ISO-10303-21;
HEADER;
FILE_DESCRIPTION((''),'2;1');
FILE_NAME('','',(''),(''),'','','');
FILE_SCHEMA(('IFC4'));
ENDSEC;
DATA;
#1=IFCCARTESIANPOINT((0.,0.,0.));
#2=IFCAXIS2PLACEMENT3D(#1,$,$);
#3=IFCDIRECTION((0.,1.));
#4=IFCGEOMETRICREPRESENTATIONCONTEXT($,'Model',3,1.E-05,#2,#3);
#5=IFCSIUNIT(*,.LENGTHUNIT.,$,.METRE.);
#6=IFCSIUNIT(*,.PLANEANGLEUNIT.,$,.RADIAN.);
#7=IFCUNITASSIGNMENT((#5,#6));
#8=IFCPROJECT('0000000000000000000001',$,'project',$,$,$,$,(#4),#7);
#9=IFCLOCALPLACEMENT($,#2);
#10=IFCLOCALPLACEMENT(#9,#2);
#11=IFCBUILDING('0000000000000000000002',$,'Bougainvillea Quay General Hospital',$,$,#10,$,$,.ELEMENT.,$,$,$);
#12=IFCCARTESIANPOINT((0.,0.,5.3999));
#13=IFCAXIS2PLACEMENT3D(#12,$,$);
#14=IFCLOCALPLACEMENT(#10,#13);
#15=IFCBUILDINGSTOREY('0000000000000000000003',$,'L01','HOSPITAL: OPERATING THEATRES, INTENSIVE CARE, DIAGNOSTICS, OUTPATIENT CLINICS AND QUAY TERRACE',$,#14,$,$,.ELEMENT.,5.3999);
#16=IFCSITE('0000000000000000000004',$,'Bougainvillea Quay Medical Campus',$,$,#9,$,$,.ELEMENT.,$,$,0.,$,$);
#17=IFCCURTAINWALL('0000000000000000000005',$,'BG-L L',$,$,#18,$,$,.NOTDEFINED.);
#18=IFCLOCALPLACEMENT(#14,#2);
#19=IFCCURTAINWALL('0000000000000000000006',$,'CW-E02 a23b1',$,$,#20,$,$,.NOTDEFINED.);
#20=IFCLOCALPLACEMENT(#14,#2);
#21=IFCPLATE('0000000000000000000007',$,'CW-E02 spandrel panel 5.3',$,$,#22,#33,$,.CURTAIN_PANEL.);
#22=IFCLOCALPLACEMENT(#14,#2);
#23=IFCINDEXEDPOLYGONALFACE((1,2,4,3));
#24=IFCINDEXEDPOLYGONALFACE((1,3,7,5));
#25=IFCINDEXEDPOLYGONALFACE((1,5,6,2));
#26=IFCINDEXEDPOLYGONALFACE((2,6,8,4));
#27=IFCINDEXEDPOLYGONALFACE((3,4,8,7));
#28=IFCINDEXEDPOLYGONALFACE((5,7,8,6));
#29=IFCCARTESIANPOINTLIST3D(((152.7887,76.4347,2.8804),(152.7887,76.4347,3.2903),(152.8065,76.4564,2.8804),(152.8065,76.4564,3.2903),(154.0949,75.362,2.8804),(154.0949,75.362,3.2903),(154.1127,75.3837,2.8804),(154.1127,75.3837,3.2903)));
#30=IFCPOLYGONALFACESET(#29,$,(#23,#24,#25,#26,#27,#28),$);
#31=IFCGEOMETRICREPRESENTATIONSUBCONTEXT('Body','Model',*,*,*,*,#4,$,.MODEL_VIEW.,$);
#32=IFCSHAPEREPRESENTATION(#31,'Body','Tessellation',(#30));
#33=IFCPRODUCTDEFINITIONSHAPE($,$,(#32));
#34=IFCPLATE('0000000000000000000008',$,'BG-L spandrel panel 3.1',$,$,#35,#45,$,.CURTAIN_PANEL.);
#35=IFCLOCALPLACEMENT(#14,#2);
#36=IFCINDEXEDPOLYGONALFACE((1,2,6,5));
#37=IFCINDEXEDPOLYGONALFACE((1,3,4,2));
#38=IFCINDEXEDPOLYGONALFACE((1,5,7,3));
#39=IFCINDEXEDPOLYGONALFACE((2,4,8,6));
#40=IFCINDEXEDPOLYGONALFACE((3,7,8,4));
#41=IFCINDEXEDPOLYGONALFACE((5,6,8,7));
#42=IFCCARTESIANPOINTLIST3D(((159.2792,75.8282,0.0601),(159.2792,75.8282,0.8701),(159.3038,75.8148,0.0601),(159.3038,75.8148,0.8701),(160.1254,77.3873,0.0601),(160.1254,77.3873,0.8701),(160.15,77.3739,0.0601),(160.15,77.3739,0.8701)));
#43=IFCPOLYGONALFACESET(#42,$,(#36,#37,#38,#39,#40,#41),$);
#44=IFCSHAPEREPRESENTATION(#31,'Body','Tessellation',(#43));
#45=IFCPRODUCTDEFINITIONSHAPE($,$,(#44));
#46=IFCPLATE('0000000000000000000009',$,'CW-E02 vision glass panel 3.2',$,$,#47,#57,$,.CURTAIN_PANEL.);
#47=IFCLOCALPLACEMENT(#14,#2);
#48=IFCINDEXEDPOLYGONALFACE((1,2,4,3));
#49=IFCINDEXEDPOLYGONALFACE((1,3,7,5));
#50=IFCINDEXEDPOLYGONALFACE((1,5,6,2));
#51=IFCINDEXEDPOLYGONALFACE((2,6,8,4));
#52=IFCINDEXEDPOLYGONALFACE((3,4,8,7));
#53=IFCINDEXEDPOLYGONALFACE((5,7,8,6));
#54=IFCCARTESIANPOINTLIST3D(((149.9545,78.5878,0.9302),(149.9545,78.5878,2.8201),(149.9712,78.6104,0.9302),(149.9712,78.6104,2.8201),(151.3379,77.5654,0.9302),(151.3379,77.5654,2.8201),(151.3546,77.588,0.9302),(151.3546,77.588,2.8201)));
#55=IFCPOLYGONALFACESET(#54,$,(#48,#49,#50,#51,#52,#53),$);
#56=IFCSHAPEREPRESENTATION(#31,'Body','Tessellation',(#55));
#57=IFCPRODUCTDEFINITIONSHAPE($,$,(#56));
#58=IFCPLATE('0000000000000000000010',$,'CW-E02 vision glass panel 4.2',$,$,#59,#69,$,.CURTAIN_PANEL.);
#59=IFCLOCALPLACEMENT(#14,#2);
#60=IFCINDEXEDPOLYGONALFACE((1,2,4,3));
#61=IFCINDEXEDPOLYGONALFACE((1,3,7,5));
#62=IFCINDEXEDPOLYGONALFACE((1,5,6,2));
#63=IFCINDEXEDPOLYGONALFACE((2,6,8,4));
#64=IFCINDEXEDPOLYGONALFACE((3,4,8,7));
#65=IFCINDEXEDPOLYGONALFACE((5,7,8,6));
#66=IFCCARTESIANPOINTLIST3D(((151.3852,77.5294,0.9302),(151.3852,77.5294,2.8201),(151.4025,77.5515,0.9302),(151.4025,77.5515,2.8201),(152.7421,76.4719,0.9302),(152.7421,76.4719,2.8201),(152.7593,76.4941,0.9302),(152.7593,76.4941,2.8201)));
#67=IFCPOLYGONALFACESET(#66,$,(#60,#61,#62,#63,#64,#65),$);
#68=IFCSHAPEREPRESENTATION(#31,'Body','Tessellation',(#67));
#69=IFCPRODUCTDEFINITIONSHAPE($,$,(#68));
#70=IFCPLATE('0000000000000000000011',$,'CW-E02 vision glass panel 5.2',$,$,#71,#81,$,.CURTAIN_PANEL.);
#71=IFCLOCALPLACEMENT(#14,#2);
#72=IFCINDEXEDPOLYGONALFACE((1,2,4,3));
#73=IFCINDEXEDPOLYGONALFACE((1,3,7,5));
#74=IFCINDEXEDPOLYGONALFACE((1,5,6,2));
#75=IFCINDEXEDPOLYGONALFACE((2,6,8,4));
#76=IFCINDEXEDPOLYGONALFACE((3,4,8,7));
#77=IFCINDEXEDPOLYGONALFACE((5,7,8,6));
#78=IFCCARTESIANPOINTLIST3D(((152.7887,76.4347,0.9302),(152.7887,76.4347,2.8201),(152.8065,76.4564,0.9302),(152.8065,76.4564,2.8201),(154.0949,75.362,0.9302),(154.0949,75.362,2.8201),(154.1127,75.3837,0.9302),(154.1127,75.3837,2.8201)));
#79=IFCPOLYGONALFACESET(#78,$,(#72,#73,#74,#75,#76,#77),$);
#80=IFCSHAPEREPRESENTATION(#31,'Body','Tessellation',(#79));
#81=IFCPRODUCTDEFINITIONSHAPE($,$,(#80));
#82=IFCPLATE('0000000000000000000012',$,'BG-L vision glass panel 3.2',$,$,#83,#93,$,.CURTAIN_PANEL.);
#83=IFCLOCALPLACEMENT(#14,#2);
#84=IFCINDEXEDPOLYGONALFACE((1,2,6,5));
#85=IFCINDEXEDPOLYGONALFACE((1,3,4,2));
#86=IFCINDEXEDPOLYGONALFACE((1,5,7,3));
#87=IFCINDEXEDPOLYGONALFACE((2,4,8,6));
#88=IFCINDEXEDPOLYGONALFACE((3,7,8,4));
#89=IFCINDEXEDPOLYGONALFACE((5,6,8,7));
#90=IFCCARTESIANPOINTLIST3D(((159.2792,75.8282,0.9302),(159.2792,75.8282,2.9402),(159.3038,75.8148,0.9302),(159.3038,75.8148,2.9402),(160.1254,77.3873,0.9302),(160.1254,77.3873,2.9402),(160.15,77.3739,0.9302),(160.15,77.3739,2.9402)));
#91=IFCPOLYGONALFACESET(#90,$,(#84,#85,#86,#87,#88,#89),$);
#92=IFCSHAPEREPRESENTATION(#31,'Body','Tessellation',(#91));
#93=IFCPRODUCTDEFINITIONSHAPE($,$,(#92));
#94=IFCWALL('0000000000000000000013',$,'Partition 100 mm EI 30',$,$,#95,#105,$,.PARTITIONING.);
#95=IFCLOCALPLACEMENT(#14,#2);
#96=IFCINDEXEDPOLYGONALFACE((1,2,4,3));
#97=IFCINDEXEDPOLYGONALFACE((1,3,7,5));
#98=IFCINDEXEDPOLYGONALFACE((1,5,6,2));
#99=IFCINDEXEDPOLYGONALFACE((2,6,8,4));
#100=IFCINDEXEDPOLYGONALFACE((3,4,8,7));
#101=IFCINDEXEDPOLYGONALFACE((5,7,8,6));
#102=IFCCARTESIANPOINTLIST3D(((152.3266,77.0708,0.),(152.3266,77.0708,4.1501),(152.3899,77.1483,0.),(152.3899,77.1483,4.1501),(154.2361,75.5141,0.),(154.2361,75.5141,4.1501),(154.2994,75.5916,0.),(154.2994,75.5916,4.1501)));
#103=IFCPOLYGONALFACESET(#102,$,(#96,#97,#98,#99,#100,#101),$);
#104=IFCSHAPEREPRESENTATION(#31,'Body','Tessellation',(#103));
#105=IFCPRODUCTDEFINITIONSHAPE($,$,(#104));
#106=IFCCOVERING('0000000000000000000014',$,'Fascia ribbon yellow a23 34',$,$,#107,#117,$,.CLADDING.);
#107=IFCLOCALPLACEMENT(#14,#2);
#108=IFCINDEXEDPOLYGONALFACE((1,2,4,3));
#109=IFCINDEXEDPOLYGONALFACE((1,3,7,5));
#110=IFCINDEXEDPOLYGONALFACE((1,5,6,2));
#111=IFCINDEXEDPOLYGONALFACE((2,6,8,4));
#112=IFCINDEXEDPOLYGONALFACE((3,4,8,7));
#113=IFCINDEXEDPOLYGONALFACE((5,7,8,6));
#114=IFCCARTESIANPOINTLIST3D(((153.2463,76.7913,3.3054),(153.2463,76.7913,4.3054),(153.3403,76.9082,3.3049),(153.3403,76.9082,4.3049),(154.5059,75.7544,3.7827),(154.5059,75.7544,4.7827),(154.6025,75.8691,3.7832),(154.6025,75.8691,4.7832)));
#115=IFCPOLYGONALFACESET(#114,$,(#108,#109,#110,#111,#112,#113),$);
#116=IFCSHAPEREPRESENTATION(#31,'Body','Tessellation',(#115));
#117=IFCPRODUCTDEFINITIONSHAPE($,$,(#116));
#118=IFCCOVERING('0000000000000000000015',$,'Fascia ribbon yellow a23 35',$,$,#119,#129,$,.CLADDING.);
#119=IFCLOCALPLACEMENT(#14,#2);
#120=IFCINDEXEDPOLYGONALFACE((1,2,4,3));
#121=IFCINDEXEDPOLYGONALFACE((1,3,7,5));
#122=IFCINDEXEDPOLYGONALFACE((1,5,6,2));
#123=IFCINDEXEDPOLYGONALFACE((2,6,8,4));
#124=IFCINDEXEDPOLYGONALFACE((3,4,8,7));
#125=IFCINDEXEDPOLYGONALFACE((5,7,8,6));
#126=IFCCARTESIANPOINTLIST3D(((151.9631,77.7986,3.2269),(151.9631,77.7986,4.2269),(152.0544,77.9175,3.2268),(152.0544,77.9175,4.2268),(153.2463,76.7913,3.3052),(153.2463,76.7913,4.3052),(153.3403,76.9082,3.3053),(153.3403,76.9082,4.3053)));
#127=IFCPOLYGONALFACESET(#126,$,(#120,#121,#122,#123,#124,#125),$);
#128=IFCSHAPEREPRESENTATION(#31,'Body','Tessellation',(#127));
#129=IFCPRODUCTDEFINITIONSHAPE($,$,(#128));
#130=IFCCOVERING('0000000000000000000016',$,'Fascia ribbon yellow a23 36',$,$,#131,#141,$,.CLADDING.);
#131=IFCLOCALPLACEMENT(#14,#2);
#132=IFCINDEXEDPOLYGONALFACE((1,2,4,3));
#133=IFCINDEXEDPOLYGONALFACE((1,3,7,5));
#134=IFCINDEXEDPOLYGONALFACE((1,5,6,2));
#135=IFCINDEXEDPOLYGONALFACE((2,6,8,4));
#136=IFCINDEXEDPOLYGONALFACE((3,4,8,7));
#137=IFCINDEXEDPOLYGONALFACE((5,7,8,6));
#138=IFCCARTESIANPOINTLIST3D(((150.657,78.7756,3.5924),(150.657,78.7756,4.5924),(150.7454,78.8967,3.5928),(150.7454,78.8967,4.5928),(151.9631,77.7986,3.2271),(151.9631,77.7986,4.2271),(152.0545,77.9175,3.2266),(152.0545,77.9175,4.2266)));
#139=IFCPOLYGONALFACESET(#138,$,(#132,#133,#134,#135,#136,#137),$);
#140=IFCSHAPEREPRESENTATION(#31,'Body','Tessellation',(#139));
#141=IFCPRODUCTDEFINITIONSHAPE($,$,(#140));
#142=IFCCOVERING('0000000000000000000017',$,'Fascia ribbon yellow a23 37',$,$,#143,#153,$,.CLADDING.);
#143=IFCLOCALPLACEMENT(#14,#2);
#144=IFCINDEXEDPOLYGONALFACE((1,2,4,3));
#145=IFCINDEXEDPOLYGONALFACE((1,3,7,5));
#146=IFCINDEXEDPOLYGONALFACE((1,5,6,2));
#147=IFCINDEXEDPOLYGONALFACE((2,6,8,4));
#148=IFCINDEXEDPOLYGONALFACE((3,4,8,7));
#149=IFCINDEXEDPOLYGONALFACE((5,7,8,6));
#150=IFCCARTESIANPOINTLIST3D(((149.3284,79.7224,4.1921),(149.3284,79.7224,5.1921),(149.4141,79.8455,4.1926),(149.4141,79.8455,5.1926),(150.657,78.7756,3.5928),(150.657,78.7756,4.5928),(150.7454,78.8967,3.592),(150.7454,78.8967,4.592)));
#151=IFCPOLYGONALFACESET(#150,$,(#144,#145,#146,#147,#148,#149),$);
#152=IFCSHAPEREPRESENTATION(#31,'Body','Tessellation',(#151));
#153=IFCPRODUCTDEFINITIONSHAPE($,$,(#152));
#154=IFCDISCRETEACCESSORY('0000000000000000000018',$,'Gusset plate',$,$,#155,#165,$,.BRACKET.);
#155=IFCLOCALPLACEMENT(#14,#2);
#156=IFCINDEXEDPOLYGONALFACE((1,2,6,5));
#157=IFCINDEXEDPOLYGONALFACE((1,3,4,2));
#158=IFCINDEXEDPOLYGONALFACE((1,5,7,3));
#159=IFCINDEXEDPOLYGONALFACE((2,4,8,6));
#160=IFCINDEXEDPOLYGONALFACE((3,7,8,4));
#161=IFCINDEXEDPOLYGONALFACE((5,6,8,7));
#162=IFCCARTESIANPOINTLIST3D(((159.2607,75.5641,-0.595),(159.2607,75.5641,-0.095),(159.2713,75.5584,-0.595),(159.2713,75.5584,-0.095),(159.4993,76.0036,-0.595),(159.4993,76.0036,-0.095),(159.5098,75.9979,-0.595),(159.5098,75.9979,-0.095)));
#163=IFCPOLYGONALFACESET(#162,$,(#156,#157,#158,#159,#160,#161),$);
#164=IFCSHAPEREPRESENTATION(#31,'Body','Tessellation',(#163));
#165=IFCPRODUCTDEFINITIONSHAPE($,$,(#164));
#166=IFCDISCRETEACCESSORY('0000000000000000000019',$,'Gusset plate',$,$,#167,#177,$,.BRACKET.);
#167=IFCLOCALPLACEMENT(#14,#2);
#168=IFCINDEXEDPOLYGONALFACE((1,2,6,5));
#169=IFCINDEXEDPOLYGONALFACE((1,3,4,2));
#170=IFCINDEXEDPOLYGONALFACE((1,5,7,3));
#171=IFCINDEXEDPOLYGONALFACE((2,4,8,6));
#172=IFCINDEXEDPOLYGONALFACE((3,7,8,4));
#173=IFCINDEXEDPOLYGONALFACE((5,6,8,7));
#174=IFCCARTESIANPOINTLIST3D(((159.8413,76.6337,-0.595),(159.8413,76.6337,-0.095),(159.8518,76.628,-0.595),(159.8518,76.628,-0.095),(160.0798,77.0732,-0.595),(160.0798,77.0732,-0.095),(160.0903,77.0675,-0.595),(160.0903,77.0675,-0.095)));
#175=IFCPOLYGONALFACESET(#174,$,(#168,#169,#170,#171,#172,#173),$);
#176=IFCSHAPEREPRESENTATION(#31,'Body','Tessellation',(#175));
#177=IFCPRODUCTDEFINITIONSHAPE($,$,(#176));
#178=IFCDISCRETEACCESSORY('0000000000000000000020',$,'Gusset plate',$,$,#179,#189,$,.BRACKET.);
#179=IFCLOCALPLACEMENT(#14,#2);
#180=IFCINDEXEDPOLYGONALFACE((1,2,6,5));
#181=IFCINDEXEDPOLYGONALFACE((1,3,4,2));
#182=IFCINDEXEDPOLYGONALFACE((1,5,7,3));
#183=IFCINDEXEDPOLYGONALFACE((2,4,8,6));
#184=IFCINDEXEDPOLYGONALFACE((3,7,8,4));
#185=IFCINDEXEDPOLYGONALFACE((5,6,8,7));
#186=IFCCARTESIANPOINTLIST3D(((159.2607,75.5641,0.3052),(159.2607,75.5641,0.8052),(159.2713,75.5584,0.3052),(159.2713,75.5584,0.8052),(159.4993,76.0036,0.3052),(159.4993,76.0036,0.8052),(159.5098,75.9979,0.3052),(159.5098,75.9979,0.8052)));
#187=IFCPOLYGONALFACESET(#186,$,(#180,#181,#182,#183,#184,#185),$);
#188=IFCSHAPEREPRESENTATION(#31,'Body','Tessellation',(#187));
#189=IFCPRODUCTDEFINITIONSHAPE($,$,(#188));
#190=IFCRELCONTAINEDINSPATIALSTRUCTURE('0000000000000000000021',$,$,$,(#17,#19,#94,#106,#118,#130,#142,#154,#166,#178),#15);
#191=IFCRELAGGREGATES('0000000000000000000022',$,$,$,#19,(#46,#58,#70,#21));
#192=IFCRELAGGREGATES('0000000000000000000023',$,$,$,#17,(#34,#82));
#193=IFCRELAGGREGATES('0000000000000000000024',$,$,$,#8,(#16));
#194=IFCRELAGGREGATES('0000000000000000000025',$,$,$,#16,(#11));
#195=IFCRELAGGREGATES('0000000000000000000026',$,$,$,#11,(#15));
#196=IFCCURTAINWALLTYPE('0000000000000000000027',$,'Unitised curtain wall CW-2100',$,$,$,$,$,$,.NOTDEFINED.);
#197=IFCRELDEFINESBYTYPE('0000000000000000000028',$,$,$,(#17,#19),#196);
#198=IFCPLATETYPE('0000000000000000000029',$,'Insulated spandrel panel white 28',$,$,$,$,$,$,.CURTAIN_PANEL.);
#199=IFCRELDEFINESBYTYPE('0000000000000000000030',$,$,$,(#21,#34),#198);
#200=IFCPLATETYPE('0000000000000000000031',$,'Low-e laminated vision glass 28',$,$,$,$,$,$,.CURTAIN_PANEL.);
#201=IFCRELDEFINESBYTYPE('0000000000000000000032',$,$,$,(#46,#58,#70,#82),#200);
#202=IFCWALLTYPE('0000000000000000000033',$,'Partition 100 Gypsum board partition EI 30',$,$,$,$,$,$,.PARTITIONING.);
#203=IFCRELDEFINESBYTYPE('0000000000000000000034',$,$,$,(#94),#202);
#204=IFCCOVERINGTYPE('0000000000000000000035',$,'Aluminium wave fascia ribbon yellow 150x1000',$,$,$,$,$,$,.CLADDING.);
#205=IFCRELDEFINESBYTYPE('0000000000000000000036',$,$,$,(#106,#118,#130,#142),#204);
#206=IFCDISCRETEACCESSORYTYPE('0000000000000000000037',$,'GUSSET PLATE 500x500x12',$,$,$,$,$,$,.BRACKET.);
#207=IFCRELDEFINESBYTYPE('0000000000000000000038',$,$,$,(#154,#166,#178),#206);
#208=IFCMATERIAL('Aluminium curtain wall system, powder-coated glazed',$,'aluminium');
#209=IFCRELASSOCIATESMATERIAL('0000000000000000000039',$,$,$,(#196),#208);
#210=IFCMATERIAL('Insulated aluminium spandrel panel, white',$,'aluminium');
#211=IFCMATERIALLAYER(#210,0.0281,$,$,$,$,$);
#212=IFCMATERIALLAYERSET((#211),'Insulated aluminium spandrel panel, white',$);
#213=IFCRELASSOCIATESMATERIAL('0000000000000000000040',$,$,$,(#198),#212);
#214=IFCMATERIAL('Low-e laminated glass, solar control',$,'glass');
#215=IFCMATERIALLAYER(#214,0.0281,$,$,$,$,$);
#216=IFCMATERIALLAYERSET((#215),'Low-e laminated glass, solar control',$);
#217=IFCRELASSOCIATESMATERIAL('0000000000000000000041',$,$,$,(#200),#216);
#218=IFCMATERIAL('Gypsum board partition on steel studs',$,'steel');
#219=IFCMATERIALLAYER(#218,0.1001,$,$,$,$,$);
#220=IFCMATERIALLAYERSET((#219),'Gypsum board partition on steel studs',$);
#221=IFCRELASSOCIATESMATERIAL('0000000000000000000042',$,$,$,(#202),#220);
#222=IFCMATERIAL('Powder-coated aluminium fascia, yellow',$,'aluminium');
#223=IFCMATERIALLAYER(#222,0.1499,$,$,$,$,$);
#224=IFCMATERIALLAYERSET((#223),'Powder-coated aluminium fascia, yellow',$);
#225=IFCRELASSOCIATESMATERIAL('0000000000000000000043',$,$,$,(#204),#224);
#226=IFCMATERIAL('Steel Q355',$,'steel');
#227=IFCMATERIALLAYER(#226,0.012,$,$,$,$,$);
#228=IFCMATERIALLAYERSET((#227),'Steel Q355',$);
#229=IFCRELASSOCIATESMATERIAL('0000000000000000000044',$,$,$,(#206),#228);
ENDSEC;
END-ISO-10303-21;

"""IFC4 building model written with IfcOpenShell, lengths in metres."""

from ifc_helpers import new_model, si_unit, direction, frame, frame_2d, origin, origin_2d, place, context, subcontext, project, spatial, polyline, rectangle, outline, extrude, material, layer, layer_set, type_object, element, aggregate, save


model = new_model("IFC4")

# Units and contexts
model_context = context("Model", 3, precision=1e-05, world=origin(), true_north=direction((0.0, 1.0)))
body_context = subcontext(model_context, "Body", "Model", "MODEL_VIEW")
ifc_project = project(units=[si_unit("LENGTHUNIT", "METRE"), si_unit("PLANEANGLEUNIT", "RADIAN")], contexts=[model_context])

# Site, building, storey
site_placement = place(None, origin())
site = spatial("IfcSite", under=ifc_project, at=site_placement, Name="Bougainvillea Quay Medical Campus", CompositionType="ELEMENT", RefElevation=0.0)
building_placement = place(site_placement, origin())
building = spatial("IfcBuilding", under=site, at=building_placement, Name="Bougainvillea Quay General Hospital", CompositionType="ELEMENT")
storey_placement = place(building_placement, frame((0.0, 0.0, 5.3999)))
storey = spatial("IfcBuildingStorey", under=building, at=storey_placement, Name="L01", Description="HOSPITAL: OPERATING THEATRES, INTENSIVE CARE, DIAGNOSTICS, OUTPATIENT CLINICS AND QUAY TERRACE", CompositionType="ELEMENT", Elevation=5.3999)

# Curtain wall
ifc_material_1 = material(Name="Aluminium curtain wall system, powder-coated glazed", Category="aluminium")
curtain_wall_type = type_object("IfcCurtainWallType", Name="Unitised curtain wall CW-2100", PredefinedType="NOTDEFINED", material=ifc_material_1)
curtain_wall_1_placement = place(storey_placement, origin())
curtain_wall_1 = element("IfcCurtainWall", 1, at=curtain_wall_1_placement, inside=storey, type_object=curtain_wall_type, Name="BG-L L", PredefinedType="NOTDEFINED")

# Curtain wall
curtain_wall_2_placement = place(storey_placement, origin())
curtain_wall_2 = element("IfcCurtainWall", 2, at=curtain_wall_2_placement, inside=storey, type_object=curtain_wall_type, Name="CW-E02 a23b1", PredefinedType="NOTDEFINED")

# Shared definitions
ifc_material_2 = material(Name="Steel Q355", Category="steel")

# Plates
ifc_material_3 = material(Name="Insulated aluminium spandrel panel, white", Category="aluminium")
ifc_layer_1 = layer(ifc_material_3, 0.0281)
ifc_layer_set_1 = layer_set([ifc_layer_1], Name="Insulated aluminium spandrel panel, white")
plate_type_1 = type_object("IfcPlateType", Name="Insulated spandrel panel white 28", PredefinedType="CURTAIN_PANEL", material=ifc_layer_set_1)
plate_1_placement = place(storey_placement, frame((153.4507, 75.9092, 2.8804), z_axis=(0.0, 0.0, 1.0), x_axis=(0.772813, -0.634633, 0.0)))
plate_1 = element("IfcPlate", 3, at=plate_1_placement, type_object=plate_type_1, Name="CW-E02 spandrel panel 5.3", PredefinedType="CURTAIN_PANEL", context=body_context, shape_type="SweptSolid", body=[
    extrude(rectangle(XDim=1.6902, YDim=0.0281, at=origin_2d()), origin(), (0.0, 0.0, 1.0), 0.4099),
])
plate_2_placement = place(storey_placement, frame((159.7146, 76.6011, 0.0601), z_axis=(0.0, 0.0, 1.0), x_axis=(0.477017, 0.878894, 0.0)))
plate_2 = element("IfcPlate", 4, at=plate_2_placement, type_object=plate_type_1, Name="BG-L spandrel panel 3.1", PredefinedType="CURTAIN_PANEL", context=body_context, shape_type="SweptSolid", body=[
    extrude(rectangle(XDim=1.7739, YDim=0.0281, at=origin_2d()), origin(), (0.0, 0.0, 1.0), 0.8101),
])
ifc_material_4 = material(Name="Low-e laminated glass, solar control", Category="glass")
ifc_layer_2 = layer(ifc_material_4, 0.0281)
ifc_layer_set_2 = layer_set([ifc_layer_2], Name="Low-e laminated glass, solar control")
plate_type_2 = type_object("IfcPlateType", Name="Low-e laminated vision glass 28", PredefinedType="CURTAIN_PANEL", material=ifc_layer_set_2)
plate_3_placement = place(storey_placement, frame((150.6545, 78.0879, 0.9302), z_axis=(0.0, 0.0, 1.0), x_axis=(0.804189, -0.594374, 0.0)))
plate_3 = element("IfcPlate", 5, at=plate_3_placement, type_object=plate_type_2, Name="CW-E02 vision glass panel 3.2", PredefinedType="CURTAIN_PANEL", context=body_context, shape_type="SweptSolid", body=[
    extrude(rectangle(XDim=1.7202, YDim=0.0281, at=origin_2d()), origin(), (0.0, 0.0, 1.0), 1.8899),
])
plate_4_placement = place(storey_placement, frame((152.0723, 77.0117, 0.9302), z_axis=(0.0, 0.0, 1.0), x_axis=(0.788758, -0.614704, 0.0)))
plate_4 = element("IfcPlate", 6, at=plate_4_placement, type_object=plate_type_2, Name="CW-E02 vision glass panel 4.2", PredefinedType="CURTAIN_PANEL", context=body_context, shape_type="SweptSolid", body=[
    extrude(rectangle(XDim=1.7202, YDim=0.0281, at=origin_2d()), origin(), (0.0, 0.0, 1.0), 1.8899),
])
plate_5_placement = place(storey_placement, frame((153.4507, 75.9092, 0.9302), z_axis=(0.0, 0.0, 1.0), x_axis=(0.772813, -0.634633, 0.0)))
plate_5 = element("IfcPlate", 7, at=plate_5_placement, type_object=plate_type_2, Name="CW-E02 vision glass panel 5.2", PredefinedType="CURTAIN_PANEL", context=body_context, shape_type="SweptSolid", body=[
    extrude(rectangle(XDim=1.6902, YDim=0.0281, at=origin_2d()), origin(), (0.0, 0.0, 1.0), 1.8899),
])
aggregate(curtain_wall_2, [plate_3, plate_4, plate_5, plate_1])
plate_6_placement = place(storey_placement, frame((159.7146, 76.6011, 0.9302), z_axis=(0.0, 0.0, 1.0), x_axis=(0.477017, 0.878894, 0.0)))
plate_6 = element("IfcPlate", 8, at=plate_6_placement, type_object=plate_type_2, Name="BG-L vision glass panel 3.2", PredefinedType="CURTAIN_PANEL", context=body_context, shape_type="SweptSolid", body=[
    extrude(rectangle(XDim=1.7739, YDim=0.0281, at=origin_2d()), origin(), (0.0, 0.0, 1.0), 2.01),
])
aggregate(curtain_wall_1, [plate_2, plate_6])

# Wall
ifc_material_5 = material(Name="Gypsum board partition on steel studs", Category="steel")
ifc_layer_3 = layer(ifc_material_5, 0.1001)
ifc_layer_set_3 = layer_set([ifc_layer_3], Name="Gypsum board partition on steel studs")
wall_type = type_object("IfcWallType", Name="Partition 100 Gypsum board partition EI 30", PredefinedType="PARTITIONING", material=ifc_layer_set_3)
wall_placement = place(storey_placement, frame((152.3582, 77.1096, 0.0), z_axis=(0.0, 0.0, 1.0), x_axis=(0.775073, -0.631871, 0.0)))
element("IfcWall", 9, at=wall_placement, inside=storey, type_object=wall_type, Name="Partition 100 mm EI 30", PredefinedType="PARTITIONING", context=body_context, shape_type="SweptSolid", body=[
    extrude(rectangle(XDim=2.4636, YDim=0.1001, at=frame_2d((1.2319, 0.0))), origin(), (0.0, 0.0, 1.0), 4.1501),
])

# Coverings
ifc_material_6 = material(Name="Powder-coated aluminium fascia, yellow", Category="aluminium")
ifc_layer_4 = layer(ifc_material_6, 0.1499)
ifc_layer_set_4 = layer_set([ifc_layer_4], Name="Powder-coated aluminium fascia, yellow")
covering_type = type_object("IfcCoveringType", Name="Aluminium wave fascia ribbon yellow 150x1000", PredefinedType="CLADDING", material=ifc_layer_set_4)
covering_1_placement = place(storey_placement, frame((154.5059, 75.7544, 3.7827), z_axis=(-0.216806, 0.178425, 0.959771), x_axis=(-0.740988, 0.609997, -0.280786)))
element("IfcCovering", 10, at=covering_1_placement, inside=storey, type_object=covering_type, Name="Fascia ribbon yellow a23 34", PredefinedType="CLADDING", context=body_context, shape_type="SweptSolid", body=[
    extrude(outline(polyline([(0.0, 0.0), (1.6998, 0.0), (1.7016, -0.15), (-0.0018, -0.15), (0.0, 0.0)])), origin(), (-0.280786, -0.00004, 0.959771), 1.0),
])
covering_2_placement = place(storey_placement, frame((153.2463, 76.7913, 3.3052), z_axis=(-0.037692, 0.029616, 0.99885), x_axis=(-0.785684, 0.616768, -0.047935)))
element("IfcCovering", 11, at=covering_2_placement, inside=storey, type_object=covering_type, Name="Fascia ribbon yellow a23 35", PredefinedType="CLADDING", context=body_context, shape_type="SweptSolid", body=[
    extrude(outline(polyline([(0.0, 0.0), (1.6332, 0.0), (1.6348, -0.1499), (-0.0017, -0.15), (0.0, 0.0)])), origin(), (-0.047935, 0.000021, 0.99885), 1.0),
])
covering_3_placement = place(storey_placement, frame((151.9631, 77.7986, 3.2271), z_axis=(0.174943, -0.130985, 0.975827), x_axis=(-0.781397, 0.584514, 0.218546)))
element("IfcCovering", 12, at=covering_3_placement, inside=storey, type_object=covering_type, Name="Fascia ribbon yellow a23 36", PredefinedType="CLADDING", context=body_context, shape_type="SweptSolid", body=[
    extrude(outline(polyline([(0.0, 0.0), (1.6715, 0.0), (1.6734, -0.1499), (-0.002, -0.1499), (0.0, 0.0)])), origin(), (0.218546, -0.000094, 0.975827), 1.0),
])
covering_4_placement = place(storey_placement, frame((150.657, 78.7756, 3.5928), z_axis=(0.281229, -0.199577, 0.938658), x_axis=(-0.764425, 0.544733, 0.344848)))
element("IfcCovering", 13, at=covering_4_placement, inside=storey, type_object=covering_type, Name="Fascia ribbon yellow a23 37", PredefinedType="CLADDING", context=body_context, shape_type="SweptSolid", body=[
    extrude(outline(polyline([(0.0, 0.0), (1.7381, 0.0), (1.7397, -0.1499), (-0.0018, -0.1499), (0.0, 0.0)])), origin(), (0.344848, 0.000633, 0.938658), 1.0),
])

# Discrete accessories
ifc_layer_5 = layer(ifc_material_2, 0.012)
ifc_layer_set_5 = layer_set([ifc_layer_5], Name="Steel Q355")
discrete_accessory_type_1 = type_object("IfcDiscreteAccessoryType", Name="GUSSET PLATE 500x500x12", PredefinedType="BRACKET", material=ifc_layer_set_5)
for number, where, z_axis, x_axis, name in (
    (14, (159.3853, 75.781, -0.595), (0.0, 0.0, 1.0), (0.477018, 0.878894, 0.0), "Gusset plate"),
    (15, (159.9658, 76.8506, -0.595), (0.0, 0.0, 1.0), (0.477018, 0.878894, 0.0), "Gusset plate"),
    (16, (159.3853, 75.781, 0.3052), (0.0, 0.0, 1.0), (0.477018, 0.878894, 0.0), "Gusset plate"),
):
    element("IfcDiscreteAccessory", number, at=place(storey_placement, frame(where, z_axis=z_axis, x_axis=x_axis)), inside=storey, type_object=discrete_accessory_type_1, Name=name, PredefinedType="BRACKET", context=body_context, shape_type="SweptSolid", body=[
        extrude(rectangle(XDim=0.5, YDim=0.012, at=origin_2d()), origin(), (0.0, 0.0, 1.0), 0.5),
    ])

save(model, "model.ifc")
